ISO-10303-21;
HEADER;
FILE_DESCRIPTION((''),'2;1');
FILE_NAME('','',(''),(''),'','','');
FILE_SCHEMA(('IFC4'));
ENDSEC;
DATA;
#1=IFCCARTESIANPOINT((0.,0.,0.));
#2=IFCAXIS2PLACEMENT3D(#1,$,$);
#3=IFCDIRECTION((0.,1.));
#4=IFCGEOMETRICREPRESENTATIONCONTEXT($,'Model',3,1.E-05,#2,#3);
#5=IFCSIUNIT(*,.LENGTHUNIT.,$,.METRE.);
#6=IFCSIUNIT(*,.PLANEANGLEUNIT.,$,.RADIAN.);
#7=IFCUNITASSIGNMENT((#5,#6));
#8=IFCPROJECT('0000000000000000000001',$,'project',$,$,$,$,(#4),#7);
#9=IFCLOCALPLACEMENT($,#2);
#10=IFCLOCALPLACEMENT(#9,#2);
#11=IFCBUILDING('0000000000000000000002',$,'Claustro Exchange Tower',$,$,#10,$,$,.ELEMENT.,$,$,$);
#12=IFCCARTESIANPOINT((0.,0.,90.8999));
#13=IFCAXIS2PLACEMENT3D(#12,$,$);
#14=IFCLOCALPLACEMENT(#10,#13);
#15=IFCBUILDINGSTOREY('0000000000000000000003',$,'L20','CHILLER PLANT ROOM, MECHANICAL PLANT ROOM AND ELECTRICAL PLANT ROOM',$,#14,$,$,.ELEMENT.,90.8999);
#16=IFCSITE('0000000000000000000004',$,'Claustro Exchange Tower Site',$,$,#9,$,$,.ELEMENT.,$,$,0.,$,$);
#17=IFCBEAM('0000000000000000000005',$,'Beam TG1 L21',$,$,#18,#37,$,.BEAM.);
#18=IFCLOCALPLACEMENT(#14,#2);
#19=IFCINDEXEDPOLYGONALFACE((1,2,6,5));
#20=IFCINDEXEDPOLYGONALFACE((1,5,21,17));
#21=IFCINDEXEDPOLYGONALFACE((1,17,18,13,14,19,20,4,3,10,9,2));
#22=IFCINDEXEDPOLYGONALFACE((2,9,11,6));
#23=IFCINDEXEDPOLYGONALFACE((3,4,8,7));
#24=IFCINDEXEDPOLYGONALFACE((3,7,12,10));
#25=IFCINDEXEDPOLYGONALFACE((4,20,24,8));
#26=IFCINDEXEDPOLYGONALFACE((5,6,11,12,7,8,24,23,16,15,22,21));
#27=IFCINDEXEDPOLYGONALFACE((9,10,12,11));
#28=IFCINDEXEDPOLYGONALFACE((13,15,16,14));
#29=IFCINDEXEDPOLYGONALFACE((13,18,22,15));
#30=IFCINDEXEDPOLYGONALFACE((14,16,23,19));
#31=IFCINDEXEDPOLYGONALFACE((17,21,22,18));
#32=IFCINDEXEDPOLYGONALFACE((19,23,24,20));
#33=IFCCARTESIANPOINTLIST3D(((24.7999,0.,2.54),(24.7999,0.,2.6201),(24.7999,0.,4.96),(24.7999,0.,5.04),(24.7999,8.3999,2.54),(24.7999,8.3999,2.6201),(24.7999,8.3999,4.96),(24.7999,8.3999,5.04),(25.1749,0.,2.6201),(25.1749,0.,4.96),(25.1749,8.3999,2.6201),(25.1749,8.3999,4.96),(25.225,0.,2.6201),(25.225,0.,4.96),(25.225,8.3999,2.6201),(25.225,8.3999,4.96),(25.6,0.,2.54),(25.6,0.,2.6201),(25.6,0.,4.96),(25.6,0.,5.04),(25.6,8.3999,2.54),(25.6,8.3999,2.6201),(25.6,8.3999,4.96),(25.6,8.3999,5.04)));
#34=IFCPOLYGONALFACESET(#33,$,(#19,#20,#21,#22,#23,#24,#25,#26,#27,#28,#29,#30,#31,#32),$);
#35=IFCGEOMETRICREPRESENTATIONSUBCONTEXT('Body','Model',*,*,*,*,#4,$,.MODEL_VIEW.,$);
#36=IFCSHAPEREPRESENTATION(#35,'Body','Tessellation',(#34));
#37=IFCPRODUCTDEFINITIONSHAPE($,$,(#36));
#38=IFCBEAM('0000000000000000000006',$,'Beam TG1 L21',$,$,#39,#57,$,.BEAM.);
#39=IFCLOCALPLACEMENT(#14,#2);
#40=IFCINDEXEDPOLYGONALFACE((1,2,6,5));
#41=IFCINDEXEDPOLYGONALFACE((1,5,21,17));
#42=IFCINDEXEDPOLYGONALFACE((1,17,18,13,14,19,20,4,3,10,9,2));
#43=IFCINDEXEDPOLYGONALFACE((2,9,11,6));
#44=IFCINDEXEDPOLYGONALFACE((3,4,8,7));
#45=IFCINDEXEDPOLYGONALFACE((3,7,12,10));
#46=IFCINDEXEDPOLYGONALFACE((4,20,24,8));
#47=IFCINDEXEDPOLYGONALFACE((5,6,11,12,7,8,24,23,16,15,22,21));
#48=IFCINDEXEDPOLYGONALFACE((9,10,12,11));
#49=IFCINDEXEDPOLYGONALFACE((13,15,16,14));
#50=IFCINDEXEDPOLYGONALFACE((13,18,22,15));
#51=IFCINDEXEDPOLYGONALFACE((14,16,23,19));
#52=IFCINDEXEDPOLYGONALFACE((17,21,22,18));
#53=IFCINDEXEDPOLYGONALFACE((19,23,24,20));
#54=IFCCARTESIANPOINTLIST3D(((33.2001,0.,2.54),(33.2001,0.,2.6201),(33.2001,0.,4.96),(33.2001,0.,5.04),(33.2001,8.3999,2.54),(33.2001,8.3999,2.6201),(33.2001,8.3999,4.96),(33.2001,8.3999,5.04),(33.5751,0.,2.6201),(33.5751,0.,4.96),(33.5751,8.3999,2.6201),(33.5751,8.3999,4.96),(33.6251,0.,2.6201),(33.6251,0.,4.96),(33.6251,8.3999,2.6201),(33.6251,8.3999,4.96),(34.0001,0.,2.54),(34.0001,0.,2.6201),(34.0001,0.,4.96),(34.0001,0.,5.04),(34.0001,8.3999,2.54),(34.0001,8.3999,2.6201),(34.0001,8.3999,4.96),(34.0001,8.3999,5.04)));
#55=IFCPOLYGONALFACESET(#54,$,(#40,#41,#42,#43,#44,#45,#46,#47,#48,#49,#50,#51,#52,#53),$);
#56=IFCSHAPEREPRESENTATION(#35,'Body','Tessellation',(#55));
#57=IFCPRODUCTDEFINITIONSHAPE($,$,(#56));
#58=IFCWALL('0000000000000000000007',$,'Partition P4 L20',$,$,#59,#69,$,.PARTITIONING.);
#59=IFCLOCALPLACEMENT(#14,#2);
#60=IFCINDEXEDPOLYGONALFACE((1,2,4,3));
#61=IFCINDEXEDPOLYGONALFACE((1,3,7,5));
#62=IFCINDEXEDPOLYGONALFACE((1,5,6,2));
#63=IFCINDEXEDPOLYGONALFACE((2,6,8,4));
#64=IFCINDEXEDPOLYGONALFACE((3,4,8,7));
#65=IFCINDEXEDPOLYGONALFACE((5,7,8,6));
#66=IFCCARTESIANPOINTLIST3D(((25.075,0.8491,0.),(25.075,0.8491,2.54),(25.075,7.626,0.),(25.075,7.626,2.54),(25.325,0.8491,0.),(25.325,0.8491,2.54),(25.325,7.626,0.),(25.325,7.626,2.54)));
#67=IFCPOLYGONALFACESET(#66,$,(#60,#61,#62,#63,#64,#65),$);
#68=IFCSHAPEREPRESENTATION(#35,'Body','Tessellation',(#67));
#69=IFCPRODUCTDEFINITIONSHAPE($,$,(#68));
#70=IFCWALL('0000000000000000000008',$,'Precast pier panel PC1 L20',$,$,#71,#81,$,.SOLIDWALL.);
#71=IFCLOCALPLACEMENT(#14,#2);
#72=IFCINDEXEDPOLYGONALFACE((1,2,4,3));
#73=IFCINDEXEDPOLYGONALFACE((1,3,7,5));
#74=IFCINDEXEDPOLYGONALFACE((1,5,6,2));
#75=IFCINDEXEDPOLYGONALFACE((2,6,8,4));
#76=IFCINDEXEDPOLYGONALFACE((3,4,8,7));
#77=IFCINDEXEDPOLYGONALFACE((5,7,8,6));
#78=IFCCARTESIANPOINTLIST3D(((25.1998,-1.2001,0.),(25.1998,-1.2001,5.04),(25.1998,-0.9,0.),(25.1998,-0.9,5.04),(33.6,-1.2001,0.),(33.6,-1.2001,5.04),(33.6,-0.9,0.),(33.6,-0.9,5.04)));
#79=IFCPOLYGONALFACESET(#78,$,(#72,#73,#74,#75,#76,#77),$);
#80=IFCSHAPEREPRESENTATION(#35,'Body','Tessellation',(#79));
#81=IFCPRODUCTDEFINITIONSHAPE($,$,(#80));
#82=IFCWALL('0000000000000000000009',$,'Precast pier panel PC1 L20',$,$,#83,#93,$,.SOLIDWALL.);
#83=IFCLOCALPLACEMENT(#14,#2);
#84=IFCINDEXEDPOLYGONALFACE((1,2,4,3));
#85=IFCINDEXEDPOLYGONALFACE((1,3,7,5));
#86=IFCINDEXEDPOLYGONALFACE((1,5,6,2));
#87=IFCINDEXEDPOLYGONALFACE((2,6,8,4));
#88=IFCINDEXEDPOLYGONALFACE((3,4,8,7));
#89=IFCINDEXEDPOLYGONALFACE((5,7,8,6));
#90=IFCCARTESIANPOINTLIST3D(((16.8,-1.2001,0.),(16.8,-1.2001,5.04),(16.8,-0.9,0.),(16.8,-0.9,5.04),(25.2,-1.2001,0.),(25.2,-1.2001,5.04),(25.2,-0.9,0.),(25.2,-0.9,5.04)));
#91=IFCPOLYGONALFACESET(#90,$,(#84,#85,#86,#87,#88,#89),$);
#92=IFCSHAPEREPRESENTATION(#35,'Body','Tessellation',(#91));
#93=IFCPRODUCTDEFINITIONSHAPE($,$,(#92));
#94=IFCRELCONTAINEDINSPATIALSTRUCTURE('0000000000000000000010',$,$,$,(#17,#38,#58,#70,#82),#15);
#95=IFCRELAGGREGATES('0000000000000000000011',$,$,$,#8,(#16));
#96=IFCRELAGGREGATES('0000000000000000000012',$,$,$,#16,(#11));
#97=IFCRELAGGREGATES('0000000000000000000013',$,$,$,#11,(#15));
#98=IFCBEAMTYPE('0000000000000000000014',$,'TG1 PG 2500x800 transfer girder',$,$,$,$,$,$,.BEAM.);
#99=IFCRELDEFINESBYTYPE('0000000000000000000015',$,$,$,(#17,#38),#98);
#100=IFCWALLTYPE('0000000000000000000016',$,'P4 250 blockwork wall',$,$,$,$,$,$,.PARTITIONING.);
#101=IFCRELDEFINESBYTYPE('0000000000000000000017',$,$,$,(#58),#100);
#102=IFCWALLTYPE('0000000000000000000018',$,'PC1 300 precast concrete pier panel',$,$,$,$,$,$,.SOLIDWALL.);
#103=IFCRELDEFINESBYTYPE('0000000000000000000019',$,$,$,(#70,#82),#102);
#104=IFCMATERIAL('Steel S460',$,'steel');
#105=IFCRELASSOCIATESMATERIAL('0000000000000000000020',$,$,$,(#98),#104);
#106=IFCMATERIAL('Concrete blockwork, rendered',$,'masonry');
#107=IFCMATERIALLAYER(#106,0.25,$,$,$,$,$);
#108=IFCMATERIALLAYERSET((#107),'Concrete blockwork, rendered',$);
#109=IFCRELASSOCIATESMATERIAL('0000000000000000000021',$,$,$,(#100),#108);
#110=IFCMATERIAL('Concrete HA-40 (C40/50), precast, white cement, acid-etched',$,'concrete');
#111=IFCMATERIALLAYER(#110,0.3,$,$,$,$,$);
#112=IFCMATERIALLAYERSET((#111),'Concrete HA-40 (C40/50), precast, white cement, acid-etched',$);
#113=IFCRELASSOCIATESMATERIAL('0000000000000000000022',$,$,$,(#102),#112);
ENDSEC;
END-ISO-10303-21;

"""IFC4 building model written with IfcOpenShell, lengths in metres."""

from ifc_helpers import new_model, si_unit, direction, frame, frame_2d, origin, origin_2d, place, context, subcontext, project, spatial, rectangle, i_section, extrude, material, layer, layer_set, material_profile, profile_set, type_object, element, save


model = new_model("IFC4")

# Units and contexts
model_context = context("Model", 3, precision=1e-05, world=origin(), true_north=direction((0.0, 1.0)))
body_context = subcontext(model_context, "Body", "Model", "MODEL_VIEW")
ifc_project = project(units=[si_unit("LENGTHUNIT", "METRE"), si_unit("PLANEANGLEUNIT", "RADIAN")], contexts=[model_context])

# Site, building, storey
site_placement = place(None, origin())
site = spatial("IfcSite", under=ifc_project, at=site_placement, Name="Claustro Exchange Tower Site", CompositionType="ELEMENT", RefElevation=0.0)
building_placement = place(site_placement, origin())
building = spatial("IfcBuilding", under=site, at=building_placement, Name="Claustro Exchange Tower", CompositionType="ELEMENT")
storey_placement = place(building_placement, frame((0.0, 0.0, 90.8999)))
storey = spatial("IfcBuildingStorey", under=building, at=storey_placement, Name="L20", Description="CHILLER PLANT ROOM, MECHANICAL PLANT ROOM AND ELECTRICAL PLANT ROOM", CompositionType="ELEMENT", Elevation=90.8999)

# Beams
ifc_material_1 = material(Name="Steel S460", Category="steel")
ifc_material_profile_1 = material_profile(ifc_material_1, i_section(OverallWidth=0.8, OverallDepth=2.5, WebThickness=0.05, FlangeThickness=0.0801, at=origin_2d()), Name="PG 2500x800")
ifc_profile_set_1 = profile_set([ifc_material_profile_1], Name="Steel S460")
beam_type_1 = type_object("IfcBeamType", Name="TG1 PG 2500x800 transfer girder", PredefinedType="BEAM", material=ifc_profile_set_1)
for number, where, z_axis, x_axis, name in (
    (1, (25.2, 0.0, 3.79), (0.0, 1.0, 0.0), (-1.0, 0.0, 0.0), "Beam TG1 L21"),
    (2, (33.6001, 0.0, 3.79), (0.0, 1.0, 0.0), (-1.0, 0.0, 0.0), "Beam TG1 L21"),
):
    element("IfcBeam", number, at=place(storey_placement, frame(where, z_axis=z_axis, x_axis=x_axis)), inside=storey, type_object=beam_type_1, Name=name, PredefinedType="BEAM", context=body_context, shape_type="SweptSolid", body=[
        extrude(i_section(OverallWidth=0.8, OverallDepth=2.5, WebThickness=0.05, FlangeThickness=0.0801, at=origin_2d()), origin(), (0.0, 0.0, 1.0), 8.3999),
    ])

# Walls
ifc_material_2 = material(Name="Concrete blockwork, rendered", Category="masonry")
ifc_layer_1 = layer(ifc_material_2, 0.25)
ifc_layer_set_1 = layer_set([ifc_layer_1], Name="Concrete blockwork, rendered")
wall_type_1 = type_object("IfcWallType", Name="P4 250 blockwork wall", PredefinedType="PARTITIONING", material=ifc_layer_set_1)
wall_1_placement = place(storey_placement, frame((25.2, 0.8491, 0.0), z_axis=(0.0, 0.0, 1.0), x_axis=(0.0, 1.0, 0.0)))
element("IfcWall", 3, at=wall_1_placement, inside=storey, type_object=wall_type_1, Name="Partition P4 L20", PredefinedType="PARTITIONING", context=body_context, shape_type="SweptSolid", body=[
    extrude(rectangle(XDim=6.7769, YDim=0.25, at=frame_2d((3.3884, 0.0))), origin(), (0.0, 0.0, 1.0), 2.54),
])
ifc_material_3 = material(Name="Concrete HA-40 (C40/50), precast, white cement, acid-etched", Category="concrete")
ifc_layer_2 = layer(ifc_material_3, 0.3)
ifc_layer_set_2 = layer_set([ifc_layer_2], Name="Concrete HA-40 (C40/50), precast, white cement, acid-etched")
wall_type_2 = type_object("IfcWallType", Name="PC1 300 precast concrete pier panel", PredefinedType="SOLIDWALL", material=ifc_layer_set_2)
wall_2_placement = place(storey_placement, frame((33.6001, -1.05, 0.0), z_axis=(0.0, 0.0, 1.0), x_axis=(-1.0, 0.0, 0.0)))
element("IfcWall", 4, at=wall_2_placement, inside=storey, type_object=wall_type_2, Name="Precast pier panel PC1 L20", PredefinedType="SOLIDWALL", context=body_context, shape_type="SweptSolid", body=[
    extrude(rectangle(XDim=8.4001, YDim=0.3, at=frame_2d((4.2002, 0.0))), origin(), (0.0, 0.0, 1.0), 5.04),
])
wall_3_placement = place(storey_placement, frame((25.2, -1.05, 0.0), z_axis=(0.0, 0.0, 1.0), x_axis=(-1.0, 0.0, 0.0)))
element("IfcWall", 5, at=wall_3_placement, inside=storey, type_object=wall_type_2, Name="Precast pier panel PC1 L20", PredefinedType="SOLIDWALL", context=body_context, shape_type="SweptSolid", body=[
    extrude(rectangle(XDim=8.3999, YDim=0.3, at=frame_2d((4.2, 0.0))), origin(), (0.0, 0.0, 1.0), 5.04),
])

save(model, "model.ifc")
